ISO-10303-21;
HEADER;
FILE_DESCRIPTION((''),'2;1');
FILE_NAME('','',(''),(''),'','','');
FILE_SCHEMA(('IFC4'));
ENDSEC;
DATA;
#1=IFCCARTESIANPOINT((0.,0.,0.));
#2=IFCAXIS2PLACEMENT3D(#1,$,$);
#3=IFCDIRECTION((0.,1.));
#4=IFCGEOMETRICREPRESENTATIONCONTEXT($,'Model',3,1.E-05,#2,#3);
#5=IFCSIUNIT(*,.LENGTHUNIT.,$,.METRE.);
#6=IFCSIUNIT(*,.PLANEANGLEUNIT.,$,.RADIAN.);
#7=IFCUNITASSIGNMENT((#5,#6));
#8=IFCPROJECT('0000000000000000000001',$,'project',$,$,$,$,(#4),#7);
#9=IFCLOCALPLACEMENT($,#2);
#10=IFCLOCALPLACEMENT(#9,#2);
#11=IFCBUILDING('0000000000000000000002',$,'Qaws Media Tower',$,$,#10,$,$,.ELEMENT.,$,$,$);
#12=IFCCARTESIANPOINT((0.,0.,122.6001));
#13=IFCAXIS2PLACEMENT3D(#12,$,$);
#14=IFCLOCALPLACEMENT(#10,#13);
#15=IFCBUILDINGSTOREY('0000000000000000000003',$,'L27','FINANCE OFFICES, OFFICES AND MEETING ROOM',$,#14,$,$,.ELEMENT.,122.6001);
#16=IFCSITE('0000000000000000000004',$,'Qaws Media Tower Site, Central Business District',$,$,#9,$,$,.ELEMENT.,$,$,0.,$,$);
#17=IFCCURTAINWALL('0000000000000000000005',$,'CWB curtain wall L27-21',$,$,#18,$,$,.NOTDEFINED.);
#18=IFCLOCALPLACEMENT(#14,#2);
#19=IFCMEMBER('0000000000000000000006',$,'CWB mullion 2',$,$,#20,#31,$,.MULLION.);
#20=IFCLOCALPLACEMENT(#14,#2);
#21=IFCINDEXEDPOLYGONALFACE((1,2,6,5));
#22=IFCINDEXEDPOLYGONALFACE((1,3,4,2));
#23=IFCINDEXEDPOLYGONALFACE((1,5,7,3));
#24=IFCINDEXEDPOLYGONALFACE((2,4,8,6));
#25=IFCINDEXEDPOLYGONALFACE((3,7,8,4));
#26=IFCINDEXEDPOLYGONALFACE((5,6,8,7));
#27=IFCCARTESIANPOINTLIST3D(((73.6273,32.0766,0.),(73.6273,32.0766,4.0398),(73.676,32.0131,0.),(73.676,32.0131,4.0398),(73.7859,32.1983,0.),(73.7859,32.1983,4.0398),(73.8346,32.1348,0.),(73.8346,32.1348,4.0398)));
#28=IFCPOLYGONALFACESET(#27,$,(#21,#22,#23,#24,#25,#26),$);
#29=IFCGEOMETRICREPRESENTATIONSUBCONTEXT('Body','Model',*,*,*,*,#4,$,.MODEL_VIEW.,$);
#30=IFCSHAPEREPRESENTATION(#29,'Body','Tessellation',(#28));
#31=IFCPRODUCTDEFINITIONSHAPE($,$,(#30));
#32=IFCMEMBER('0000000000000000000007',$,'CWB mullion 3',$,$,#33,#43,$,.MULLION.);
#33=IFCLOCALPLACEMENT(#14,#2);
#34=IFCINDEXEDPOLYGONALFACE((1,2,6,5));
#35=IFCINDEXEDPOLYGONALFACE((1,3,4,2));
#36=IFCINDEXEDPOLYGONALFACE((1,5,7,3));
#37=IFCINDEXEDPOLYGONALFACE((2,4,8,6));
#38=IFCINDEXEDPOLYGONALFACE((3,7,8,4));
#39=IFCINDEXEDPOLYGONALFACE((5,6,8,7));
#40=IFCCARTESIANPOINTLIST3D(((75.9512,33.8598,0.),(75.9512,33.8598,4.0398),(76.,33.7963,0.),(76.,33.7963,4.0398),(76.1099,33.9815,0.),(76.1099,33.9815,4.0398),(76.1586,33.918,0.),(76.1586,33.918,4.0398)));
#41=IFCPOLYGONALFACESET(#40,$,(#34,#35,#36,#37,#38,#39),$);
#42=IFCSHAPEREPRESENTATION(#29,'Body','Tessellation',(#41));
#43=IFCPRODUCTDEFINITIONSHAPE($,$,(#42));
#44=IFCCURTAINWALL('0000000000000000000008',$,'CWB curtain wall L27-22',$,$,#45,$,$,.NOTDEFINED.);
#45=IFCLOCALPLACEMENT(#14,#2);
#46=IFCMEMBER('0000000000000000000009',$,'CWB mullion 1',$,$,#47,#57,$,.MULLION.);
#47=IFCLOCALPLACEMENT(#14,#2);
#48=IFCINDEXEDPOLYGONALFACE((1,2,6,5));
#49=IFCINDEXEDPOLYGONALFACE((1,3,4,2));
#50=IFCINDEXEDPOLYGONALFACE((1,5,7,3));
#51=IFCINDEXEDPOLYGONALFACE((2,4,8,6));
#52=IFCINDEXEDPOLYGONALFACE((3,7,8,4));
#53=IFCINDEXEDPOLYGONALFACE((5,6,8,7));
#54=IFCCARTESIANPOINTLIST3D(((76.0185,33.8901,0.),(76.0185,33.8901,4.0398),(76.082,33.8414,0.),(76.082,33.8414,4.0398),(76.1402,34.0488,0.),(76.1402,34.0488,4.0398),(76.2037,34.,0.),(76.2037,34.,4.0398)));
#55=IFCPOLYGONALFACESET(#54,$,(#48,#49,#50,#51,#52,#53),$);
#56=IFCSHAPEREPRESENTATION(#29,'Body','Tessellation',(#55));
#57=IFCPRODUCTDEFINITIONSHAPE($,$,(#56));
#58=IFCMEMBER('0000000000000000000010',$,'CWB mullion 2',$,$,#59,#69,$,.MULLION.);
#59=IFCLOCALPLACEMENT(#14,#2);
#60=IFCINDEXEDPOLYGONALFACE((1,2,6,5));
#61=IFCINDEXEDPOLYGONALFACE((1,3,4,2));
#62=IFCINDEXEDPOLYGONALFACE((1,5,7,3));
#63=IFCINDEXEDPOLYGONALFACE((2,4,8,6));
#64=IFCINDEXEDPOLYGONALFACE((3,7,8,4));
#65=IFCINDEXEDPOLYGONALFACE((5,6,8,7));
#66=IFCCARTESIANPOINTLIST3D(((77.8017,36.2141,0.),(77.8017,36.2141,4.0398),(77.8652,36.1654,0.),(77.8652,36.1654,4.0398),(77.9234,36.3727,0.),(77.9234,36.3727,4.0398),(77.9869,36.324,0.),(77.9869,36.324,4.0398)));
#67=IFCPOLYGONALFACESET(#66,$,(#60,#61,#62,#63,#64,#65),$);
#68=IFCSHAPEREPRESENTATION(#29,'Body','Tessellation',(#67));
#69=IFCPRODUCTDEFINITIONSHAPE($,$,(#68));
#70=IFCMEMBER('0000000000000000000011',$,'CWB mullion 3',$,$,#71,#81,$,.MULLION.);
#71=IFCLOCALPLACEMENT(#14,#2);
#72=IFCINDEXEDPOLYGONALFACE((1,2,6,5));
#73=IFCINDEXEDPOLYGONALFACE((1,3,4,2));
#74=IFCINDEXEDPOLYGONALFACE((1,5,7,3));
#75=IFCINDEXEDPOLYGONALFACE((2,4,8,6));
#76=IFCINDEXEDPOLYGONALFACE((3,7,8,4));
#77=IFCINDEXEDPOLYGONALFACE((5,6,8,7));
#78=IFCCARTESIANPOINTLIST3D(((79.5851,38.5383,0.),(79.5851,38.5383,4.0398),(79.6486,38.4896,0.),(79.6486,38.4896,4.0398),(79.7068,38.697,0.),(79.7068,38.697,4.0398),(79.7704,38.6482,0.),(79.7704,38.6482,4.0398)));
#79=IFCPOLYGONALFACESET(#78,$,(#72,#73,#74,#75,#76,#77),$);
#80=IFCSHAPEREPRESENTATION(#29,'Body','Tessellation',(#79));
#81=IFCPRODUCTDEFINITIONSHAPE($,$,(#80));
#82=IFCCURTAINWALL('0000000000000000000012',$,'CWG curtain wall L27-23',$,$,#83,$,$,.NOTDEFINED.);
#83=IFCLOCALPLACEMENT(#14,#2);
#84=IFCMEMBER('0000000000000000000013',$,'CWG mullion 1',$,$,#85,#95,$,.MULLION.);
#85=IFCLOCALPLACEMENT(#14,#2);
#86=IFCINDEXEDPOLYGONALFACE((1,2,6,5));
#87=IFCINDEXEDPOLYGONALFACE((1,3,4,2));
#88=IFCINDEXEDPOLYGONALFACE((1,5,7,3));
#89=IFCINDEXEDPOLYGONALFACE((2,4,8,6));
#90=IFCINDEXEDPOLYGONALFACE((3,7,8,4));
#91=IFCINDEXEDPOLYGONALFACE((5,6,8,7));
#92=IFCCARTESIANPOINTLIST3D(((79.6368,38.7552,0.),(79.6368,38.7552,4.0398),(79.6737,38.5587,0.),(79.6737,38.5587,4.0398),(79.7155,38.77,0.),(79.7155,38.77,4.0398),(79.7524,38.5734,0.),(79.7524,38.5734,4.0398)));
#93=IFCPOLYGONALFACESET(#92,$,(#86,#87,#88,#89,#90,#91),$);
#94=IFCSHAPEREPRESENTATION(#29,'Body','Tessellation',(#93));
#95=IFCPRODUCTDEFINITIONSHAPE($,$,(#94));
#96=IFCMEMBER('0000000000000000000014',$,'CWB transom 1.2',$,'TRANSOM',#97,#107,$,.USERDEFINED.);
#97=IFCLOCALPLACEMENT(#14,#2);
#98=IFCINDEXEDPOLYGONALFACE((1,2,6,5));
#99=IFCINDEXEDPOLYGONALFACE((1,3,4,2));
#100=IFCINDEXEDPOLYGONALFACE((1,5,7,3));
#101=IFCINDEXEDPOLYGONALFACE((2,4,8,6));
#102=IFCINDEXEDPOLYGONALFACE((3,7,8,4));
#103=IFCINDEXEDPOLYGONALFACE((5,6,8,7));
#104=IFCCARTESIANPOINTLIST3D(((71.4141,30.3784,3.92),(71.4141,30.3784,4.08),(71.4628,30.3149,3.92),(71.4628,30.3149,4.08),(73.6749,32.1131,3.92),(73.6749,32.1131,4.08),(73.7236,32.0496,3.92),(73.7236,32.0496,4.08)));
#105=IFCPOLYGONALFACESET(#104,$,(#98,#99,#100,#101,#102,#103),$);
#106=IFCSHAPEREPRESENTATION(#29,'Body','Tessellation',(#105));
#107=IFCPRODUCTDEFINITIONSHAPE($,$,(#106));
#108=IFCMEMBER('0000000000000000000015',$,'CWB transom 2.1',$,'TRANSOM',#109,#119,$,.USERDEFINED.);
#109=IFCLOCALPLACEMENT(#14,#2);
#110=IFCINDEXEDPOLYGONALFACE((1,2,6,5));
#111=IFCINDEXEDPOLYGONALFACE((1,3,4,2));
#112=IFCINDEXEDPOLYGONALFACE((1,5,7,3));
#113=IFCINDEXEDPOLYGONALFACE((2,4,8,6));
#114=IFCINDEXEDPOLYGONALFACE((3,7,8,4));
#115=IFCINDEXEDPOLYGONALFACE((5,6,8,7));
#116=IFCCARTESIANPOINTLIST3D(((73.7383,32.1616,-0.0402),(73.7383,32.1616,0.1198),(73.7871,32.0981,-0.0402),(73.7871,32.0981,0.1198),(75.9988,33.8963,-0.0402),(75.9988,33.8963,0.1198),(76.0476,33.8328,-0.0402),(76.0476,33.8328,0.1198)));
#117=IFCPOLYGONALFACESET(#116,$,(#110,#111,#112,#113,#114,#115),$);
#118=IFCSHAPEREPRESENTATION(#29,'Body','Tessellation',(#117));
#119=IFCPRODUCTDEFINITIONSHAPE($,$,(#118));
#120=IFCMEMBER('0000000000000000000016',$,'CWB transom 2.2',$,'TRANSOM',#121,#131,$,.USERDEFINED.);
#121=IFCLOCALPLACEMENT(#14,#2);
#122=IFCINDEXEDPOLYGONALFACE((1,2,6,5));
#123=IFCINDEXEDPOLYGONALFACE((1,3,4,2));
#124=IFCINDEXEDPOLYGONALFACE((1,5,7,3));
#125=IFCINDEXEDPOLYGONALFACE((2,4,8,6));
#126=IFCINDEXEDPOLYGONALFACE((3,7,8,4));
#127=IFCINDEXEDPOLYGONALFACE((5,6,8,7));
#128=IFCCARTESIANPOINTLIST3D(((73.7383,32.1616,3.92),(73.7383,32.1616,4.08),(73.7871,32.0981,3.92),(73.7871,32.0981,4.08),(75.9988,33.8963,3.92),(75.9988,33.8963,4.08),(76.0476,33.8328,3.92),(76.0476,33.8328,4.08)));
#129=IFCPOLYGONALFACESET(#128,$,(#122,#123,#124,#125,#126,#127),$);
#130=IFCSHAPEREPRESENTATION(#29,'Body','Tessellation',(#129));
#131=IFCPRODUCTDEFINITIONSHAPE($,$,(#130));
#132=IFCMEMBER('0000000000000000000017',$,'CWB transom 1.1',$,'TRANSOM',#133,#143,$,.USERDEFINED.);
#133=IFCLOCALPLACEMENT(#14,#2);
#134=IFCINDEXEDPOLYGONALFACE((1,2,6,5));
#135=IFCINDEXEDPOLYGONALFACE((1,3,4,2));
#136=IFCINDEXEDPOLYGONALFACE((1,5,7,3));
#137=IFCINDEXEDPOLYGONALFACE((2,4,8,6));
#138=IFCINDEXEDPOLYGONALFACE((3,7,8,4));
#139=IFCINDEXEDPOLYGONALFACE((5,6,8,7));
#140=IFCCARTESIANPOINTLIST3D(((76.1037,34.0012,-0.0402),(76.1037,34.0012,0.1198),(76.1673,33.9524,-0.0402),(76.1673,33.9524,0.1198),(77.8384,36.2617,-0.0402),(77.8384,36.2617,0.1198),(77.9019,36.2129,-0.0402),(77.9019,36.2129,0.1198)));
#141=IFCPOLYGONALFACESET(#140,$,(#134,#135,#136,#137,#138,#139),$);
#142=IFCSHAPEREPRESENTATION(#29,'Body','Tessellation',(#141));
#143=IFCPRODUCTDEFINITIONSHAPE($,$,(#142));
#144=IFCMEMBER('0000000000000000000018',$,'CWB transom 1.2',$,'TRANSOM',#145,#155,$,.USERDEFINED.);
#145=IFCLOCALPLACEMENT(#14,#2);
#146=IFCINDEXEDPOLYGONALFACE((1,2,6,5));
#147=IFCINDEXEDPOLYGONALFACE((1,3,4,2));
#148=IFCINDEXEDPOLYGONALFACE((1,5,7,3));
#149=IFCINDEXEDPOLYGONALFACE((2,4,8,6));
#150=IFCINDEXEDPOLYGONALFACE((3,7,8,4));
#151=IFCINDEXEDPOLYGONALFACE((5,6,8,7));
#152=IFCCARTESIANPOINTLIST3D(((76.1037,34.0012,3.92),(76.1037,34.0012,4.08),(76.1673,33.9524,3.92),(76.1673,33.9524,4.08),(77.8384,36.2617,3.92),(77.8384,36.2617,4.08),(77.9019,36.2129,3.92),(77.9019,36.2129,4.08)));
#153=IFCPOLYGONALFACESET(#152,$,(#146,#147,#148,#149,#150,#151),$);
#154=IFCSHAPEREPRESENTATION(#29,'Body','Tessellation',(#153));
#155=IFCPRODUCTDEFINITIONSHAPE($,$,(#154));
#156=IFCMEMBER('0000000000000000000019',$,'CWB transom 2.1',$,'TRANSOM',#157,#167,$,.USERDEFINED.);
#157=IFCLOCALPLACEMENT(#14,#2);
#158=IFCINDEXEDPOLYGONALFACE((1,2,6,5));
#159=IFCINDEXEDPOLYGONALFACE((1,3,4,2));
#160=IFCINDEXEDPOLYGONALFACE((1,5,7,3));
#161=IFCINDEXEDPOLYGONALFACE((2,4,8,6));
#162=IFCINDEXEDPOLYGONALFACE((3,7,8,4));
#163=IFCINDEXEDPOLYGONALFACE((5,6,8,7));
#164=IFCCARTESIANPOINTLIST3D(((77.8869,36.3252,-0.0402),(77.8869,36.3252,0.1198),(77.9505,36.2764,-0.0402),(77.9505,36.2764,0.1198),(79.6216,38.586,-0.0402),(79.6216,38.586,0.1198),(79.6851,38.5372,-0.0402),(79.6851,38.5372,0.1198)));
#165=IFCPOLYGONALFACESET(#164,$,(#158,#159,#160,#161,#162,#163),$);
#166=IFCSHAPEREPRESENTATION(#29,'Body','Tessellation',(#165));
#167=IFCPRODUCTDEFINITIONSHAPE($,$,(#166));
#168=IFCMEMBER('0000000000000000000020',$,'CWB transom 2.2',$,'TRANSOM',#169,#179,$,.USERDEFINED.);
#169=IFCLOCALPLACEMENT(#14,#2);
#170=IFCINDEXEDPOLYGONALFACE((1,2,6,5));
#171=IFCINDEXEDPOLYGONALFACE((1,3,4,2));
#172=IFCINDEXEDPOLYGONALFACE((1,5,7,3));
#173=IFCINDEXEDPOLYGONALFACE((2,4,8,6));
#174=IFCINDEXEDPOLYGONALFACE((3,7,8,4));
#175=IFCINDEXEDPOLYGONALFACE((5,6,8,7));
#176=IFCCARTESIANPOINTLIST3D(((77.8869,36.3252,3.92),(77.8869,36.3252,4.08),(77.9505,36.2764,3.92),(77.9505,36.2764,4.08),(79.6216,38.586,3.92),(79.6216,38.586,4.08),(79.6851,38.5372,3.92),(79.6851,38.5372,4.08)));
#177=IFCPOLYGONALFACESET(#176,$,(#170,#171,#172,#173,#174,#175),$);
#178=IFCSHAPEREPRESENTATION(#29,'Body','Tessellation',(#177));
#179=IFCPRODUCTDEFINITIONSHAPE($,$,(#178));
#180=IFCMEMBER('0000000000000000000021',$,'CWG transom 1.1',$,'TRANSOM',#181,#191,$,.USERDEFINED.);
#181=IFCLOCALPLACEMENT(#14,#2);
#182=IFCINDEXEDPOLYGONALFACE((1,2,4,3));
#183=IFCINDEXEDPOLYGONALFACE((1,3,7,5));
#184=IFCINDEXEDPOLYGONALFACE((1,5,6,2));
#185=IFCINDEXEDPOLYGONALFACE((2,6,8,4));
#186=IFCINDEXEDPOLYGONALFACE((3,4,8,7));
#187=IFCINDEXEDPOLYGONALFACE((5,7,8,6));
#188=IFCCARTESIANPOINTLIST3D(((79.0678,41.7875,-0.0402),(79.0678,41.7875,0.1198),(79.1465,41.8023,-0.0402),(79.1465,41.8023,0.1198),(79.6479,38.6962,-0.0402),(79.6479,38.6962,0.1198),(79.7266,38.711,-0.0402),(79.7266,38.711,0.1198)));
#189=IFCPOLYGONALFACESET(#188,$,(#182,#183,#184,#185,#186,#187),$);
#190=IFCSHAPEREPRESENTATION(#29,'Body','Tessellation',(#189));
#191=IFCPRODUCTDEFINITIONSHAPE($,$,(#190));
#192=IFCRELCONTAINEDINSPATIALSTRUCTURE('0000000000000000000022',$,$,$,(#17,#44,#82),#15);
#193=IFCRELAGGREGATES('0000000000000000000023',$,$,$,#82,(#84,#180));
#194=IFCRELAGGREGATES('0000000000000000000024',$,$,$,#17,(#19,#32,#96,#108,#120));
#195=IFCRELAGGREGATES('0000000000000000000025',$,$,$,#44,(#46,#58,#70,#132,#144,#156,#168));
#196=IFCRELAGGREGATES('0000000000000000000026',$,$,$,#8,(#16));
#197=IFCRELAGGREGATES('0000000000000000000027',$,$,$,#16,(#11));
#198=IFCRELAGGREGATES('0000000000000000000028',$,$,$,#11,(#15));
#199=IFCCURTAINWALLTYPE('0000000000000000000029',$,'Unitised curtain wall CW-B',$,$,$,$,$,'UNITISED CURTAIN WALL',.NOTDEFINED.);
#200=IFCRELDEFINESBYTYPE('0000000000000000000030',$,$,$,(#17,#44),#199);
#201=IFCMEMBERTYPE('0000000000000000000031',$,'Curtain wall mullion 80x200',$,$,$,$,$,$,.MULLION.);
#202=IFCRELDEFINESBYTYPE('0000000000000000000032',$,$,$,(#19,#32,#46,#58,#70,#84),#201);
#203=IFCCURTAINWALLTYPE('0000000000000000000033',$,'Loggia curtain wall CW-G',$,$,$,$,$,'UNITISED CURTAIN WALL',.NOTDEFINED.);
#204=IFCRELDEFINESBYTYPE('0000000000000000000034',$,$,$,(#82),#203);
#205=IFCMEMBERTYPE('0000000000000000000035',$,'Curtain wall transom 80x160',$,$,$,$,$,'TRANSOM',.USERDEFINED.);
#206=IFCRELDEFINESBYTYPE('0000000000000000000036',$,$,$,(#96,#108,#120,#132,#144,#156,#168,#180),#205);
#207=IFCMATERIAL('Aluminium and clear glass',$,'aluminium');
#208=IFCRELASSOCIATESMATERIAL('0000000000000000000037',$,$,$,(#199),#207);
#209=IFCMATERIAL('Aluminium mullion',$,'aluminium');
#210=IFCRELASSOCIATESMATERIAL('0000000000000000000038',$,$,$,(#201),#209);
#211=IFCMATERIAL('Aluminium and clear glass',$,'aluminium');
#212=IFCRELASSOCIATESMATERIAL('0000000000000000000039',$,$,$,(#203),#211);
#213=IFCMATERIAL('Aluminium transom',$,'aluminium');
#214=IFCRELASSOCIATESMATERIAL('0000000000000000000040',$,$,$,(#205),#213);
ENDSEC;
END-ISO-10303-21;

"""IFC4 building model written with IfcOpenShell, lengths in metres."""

from ifc_helpers import new_model, si_unit, direction, frame, origin, origin_2d, place, context, subcontext, project, spatial, rectangle, extrude, material, material_profile, profile_set, type_object, element, aggregate, save


model = new_model("IFC4")

# Units and contexts
model_context = context("Model", 3, precision=1e-05, world=origin(), true_north=direction((0.0, 1.0)))
body_context = subcontext(model_context, "Body", "Model", "MODEL_VIEW")
ifc_project = project(units=[si_unit("LENGTHUNIT", "METRE"), si_unit("PLANEANGLEUNIT", "RADIAN")], contexts=[model_context])

# Site, building, storey
site_placement = place(None, origin())
site = spatial("IfcSite", under=ifc_project, at=site_placement, Name="Qaws Media Tower Site, Central Business District", CompositionType="ELEMENT", RefElevation=0.0)
building_placement = place(site_placement, origin())
building = spatial("IfcBuilding", under=site, at=building_placement, Name="Qaws Media Tower", CompositionType="ELEMENT")
storey_placement = place(building_placement, frame((0.0, 0.0, 122.6001)))
storey = spatial("IfcBuildingStorey", under=building, at=storey_placement, Name="L27", Description="FINANCE OFFICES, OFFICES AND MEETING ROOM", CompositionType="ELEMENT", Elevation=122.6001)

# Curtain walls, members
ifc_material_1 = material(Name="Aluminium and clear glass", Category="aluminium")
curtain_wall_type_1 = type_object("IfcCurtainWallType", Name="Unitised curtain wall CW-B", ElementType="UNITISED CURTAIN WALL", PredefinedType="NOTDEFINED", material=ifc_material_1)
curtain_wall_1_placement = place(storey_placement, origin())
curtain_wall_1 = element("IfcCurtainWall", 1, at=curtain_wall_1_placement, inside=storey, type_object=curtain_wall_type_1, Name="CWB curtain wall L27-21", PredefinedType="NOTDEFINED")
ifc_material_2 = material(Name="Aluminium mullion", Category="aluminium")
ifc_material_profile_1 = material_profile(ifc_material_2, rectangle(XDim=0.0801, YDim=0.2, at=origin_2d()), Name="80x200")
ifc_profile_set_1 = profile_set([ifc_material_profile_1], Name="Aluminium mullion")
member_type_1 = type_object("IfcMemberType", Name="Curtain wall mullion 80x200", PredefinedType="MULLION", material=ifc_profile_set_1)
member_1_placement = place(storey_placement, frame((73.731, 32.1057, 0.0), z_axis=(0.0, 0.0, 1.0), x_axis=(-0.608761, 0.793353, 0.0)))
member_1 = element("IfcMember", 2, at=member_1_placement, type_object=member_type_1, Name="CWB mullion 2", PredefinedType="MULLION", context=body_context, shape_type="SweptSolid", body=[
    extrude(rectangle(XDim=0.0801, YDim=0.2, at=origin_2d()), origin(), (0.0, 0.0, 1.0), 4.0398),
])
member_2_placement = place(storey_placement, frame((76.0549, 33.8889, 0.0), z_axis=(0.0, 0.0, 1.0), x_axis=(-0.608761, 0.793353, 0.0)))
member_2 = element("IfcMember", 3, at=member_2_placement, type_object=member_type_1, Name="CWB mullion 3", PredefinedType="MULLION", context=body_context, shape_type="SweptSolid", body=[
    extrude(rectangle(XDim=0.0801, YDim=0.2, at=origin_2d()), origin(), (0.0, 0.0, 1.0), 4.0398),
])
curtain_wall_2_placement = place(storey_placement, origin())
curtain_wall_2 = element("IfcCurtainWall", 4, at=curtain_wall_2_placement, inside=storey, type_object=curtain_wall_type_1, Name="CWB curtain wall L27-22", PredefinedType="NOTDEFINED")
member_3_placement = place(storey_placement, frame((76.1111, 33.9451, 0.0), z_axis=(0.0, 0.0, 1.0), x_axis=(-0.793353, 0.608761, 0.0)))
member_3 = element("IfcMember", 5, at=member_3_placement, type_object=member_type_1, Name="CWB mullion 1", PredefinedType="MULLION", context=body_context, shape_type="SweptSolid", body=[
    extrude(rectangle(XDim=0.0801, YDim=0.2, at=origin_2d()), origin(), (0.0, 0.0, 1.0), 4.0398),
])
member_4_placement = place(storey_placement, frame((77.8943, 36.269, 0.0), z_axis=(0.0, 0.0, 1.0), x_axis=(-0.793353, 0.608761, 0.0)))
member_4 = element("IfcMember", 6, at=member_4_placement, type_object=member_type_1, Name="CWB mullion 2", PredefinedType="MULLION", context=body_context, shape_type="SweptSolid", body=[
    extrude(rectangle(XDim=0.0801, YDim=0.2, at=origin_2d()), origin(), (0.0, 0.0, 1.0), 4.0398),
])
member_5_placement = place(storey_placement, frame((79.6777, 38.5933, 0.0), z_axis=(0.0, 0.0, 1.0), x_axis=(-0.793353, 0.608761, 0.0)))
member_5 = element("IfcMember", 7, at=member_5_placement, type_object=member_type_1, Name="CWB mullion 3", PredefinedType="MULLION", context=body_context, shape_type="SweptSolid", body=[
    extrude(rectangle(XDim=0.0801, YDim=0.2, at=origin_2d()), origin(), (0.0, 0.0, 1.0), 4.0398),
])

# Curtain wall, member
ifc_material_3 = material(Name="Aluminium and clear glass", Category="aluminium")
curtain_wall_type_2 = type_object("IfcCurtainWallType", Name="Loggia curtain wall CW-G", ElementType="UNITISED CURTAIN WALL", PredefinedType="NOTDEFINED", material=ifc_material_3)
curtain_wall_3_placement = place(storey_placement, origin())
curtain_wall_3 = element("IfcCurtainWall", 8, at=curtain_wall_3_placement, inside=storey, type_object=curtain_wall_type_2, Name="CWG curtain wall L27-23", PredefinedType="NOTDEFINED")
member_6_placement = place(storey_placement, frame((79.6946, 38.6643, 0.0), z_axis=(0.0, 0.0, 1.0), x_axis=(-0.982841, -0.184452, 0.0)))
member_6 = element("IfcMember", 9, at=member_6_placement, type_object=member_type_1, Name="CWG mullion 1", PredefinedType="MULLION", context=body_context, shape_type="SweptSolid", body=[
    extrude(rectangle(XDim=0.0801, YDim=0.2, at=origin_2d()), origin(), (0.0, 0.0, 1.0), 4.0398),
])

# Members
ifc_material_4 = material(Name="Aluminium transom", Category="aluminium")
ifc_material_profile_2 = material_profile(ifc_material_4, rectangle(XDim=0.0801, YDim=0.1599, at=origin_2d()), Name="80x160")
ifc_profile_set_2 = profile_set([ifc_material_profile_2], Name="Aluminium transom")
member_type_2 = type_object("IfcMemberType", Name="Curtain wall transom 80x160", ElementType="TRANSOM", PredefinedType="USERDEFINED", material=ifc_profile_set_2)
member_7_placement = place(storey_placement, frame((71.4385, 30.3467, 4.0), z_axis=(0.793372, 0.608737, 0.0), x_axis=(-0.608737, 0.793372, 0.0)))
member_7 = element("IfcMember", 10, at=member_7_placement, type_object=member_type_2, Name="CWB transom 1.2", ObjectType="TRANSOM", PredefinedType="USERDEFINED", context=body_context, shape_type="SweptSolid", body=[
    extrude(rectangle(XDim=0.0801, YDim=0.1599, at=origin_2d()), origin(), (0.0, 0.0, 1.0), 2.8496),
])
member_8_placement = place(storey_placement, frame((73.7627, 32.1299, 0.0398), z_axis=(0.79334, 0.608779, 0.0), x_axis=(-0.608779, 0.79334, 0.0)))
member_8 = element("IfcMember", 11, at=member_8_placement, type_object=member_type_2, Name="CWB transom 2.1", ObjectType="TRANSOM", PredefinedType="USERDEFINED", context=body_context, shape_type="SweptSolid", body=[
    extrude(rectangle(XDim=0.0801, YDim=0.1599, at=origin_2d()), origin(), (0.0, 0.0, 1.0), 2.8494),
])
member_9_placement = place(storey_placement, frame((73.7627, 32.1299, 4.0), z_axis=(0.79334, 0.608779, 0.0), x_axis=(-0.608779, 0.79334, 0.0)))
member_9 = element("IfcMember", 12, at=member_9_placement, type_object=member_type_2, Name="CWB transom 2.2", ObjectType="TRANSOM", PredefinedType="USERDEFINED", context=body_context, shape_type="SweptSolid", body=[
    extrude(rectangle(XDim=0.0801, YDim=0.1599, at=origin_2d()), origin(), (0.0, 0.0, 1.0), 2.8494),
])
member_10_placement = place(storey_placement, frame((76.1355, 33.9768, 0.0398), z_axis=(0.608779, 0.79334, 0.0), x_axis=(-0.79334, 0.608779, 0.0)))
member_10 = element("IfcMember", 13, at=member_10_placement, type_object=member_type_2, Name="CWB transom 1.1", ObjectType="TRANSOM", PredefinedType="USERDEFINED", context=body_context, shape_type="SweptSolid", body=[
    extrude(rectangle(XDim=0.0801, YDim=0.1599, at=origin_2d()), origin(), (0.0, 0.0, 1.0), 2.8494),
])
member_11_placement = place(storey_placement, frame((76.1355, 33.9768, 4.0), z_axis=(0.608779, 0.79334, 0.0), x_axis=(-0.79334, 0.608779, 0.0)))
member_11 = element("IfcMember", 14, at=member_11_placement, type_object=member_type_2, Name="CWB transom 1.2", ObjectType="TRANSOM", PredefinedType="USERDEFINED", context=body_context, shape_type="SweptSolid", body=[
    extrude(rectangle(XDim=0.0801, YDim=0.1599, at=origin_2d()), origin(), (0.0, 0.0, 1.0), 2.8494),
])
member_12_placement = place(storey_placement, frame((77.9187, 36.3008, 0.0398), z_axis=(0.608737, 0.793372, 0.0), x_axis=(-0.793372, 0.608737, 0.0)))
member_12 = element("IfcMember", 15, at=member_12_placement, type_object=member_type_2, Name="CWB transom 2.1", ObjectType="TRANSOM", PredefinedType="USERDEFINED", context=body_context, shape_type="SweptSolid", body=[
    extrude(rectangle(XDim=0.0801, YDim=0.1599, at=origin_2d()), origin(), (0.0, 0.0, 1.0), 2.8496),
])
member_13_placement = place(storey_placement, frame((77.9187, 36.3008, 4.0), z_axis=(0.608737, 0.793372, 0.0), x_axis=(-0.793372, 0.608737, 0.0)))
member_13 = element("IfcMember", 16, at=member_13_placement, type_object=member_type_2, Name="CWB transom 2.2", ObjectType="TRANSOM", PredefinedType="USERDEFINED", context=body_context, shape_type="SweptSolid", body=[
    extrude(rectangle(XDim=0.0801, YDim=0.1599, at=origin_2d()), origin(), (0.0, 0.0, 1.0), 2.8496),
])
member_14_placement = place(storey_placement, frame((79.6873, 38.7036, 0.0398), z_axis=(-0.184429, 0.982846, 0.0), x_axis=(-0.982846, -0.184429, 0.0)))
member_14 = element("IfcMember", 17, at=member_14_placement, type_object=member_type_2, Name="CWG transom 1.1", ObjectType="TRANSOM", PredefinedType="USERDEFINED", context=body_context, shape_type="SweptSolid", body=[
    extrude(rectangle(XDim=0.0801, YDim=0.1599, at=origin_2d()), origin(), (0.0, 0.0, 1.0), 3.1453),
])
aggregate(curtain_wall_3, [member_6, member_14])

aggregate(curtain_wall_1, [member_1, member_2, member_7, member_8, member_9])
aggregate(curtain_wall_2, [member_3, member_4, member_5, member_10, member_11, member_12, member_13])

save(model, "model.ifc")
